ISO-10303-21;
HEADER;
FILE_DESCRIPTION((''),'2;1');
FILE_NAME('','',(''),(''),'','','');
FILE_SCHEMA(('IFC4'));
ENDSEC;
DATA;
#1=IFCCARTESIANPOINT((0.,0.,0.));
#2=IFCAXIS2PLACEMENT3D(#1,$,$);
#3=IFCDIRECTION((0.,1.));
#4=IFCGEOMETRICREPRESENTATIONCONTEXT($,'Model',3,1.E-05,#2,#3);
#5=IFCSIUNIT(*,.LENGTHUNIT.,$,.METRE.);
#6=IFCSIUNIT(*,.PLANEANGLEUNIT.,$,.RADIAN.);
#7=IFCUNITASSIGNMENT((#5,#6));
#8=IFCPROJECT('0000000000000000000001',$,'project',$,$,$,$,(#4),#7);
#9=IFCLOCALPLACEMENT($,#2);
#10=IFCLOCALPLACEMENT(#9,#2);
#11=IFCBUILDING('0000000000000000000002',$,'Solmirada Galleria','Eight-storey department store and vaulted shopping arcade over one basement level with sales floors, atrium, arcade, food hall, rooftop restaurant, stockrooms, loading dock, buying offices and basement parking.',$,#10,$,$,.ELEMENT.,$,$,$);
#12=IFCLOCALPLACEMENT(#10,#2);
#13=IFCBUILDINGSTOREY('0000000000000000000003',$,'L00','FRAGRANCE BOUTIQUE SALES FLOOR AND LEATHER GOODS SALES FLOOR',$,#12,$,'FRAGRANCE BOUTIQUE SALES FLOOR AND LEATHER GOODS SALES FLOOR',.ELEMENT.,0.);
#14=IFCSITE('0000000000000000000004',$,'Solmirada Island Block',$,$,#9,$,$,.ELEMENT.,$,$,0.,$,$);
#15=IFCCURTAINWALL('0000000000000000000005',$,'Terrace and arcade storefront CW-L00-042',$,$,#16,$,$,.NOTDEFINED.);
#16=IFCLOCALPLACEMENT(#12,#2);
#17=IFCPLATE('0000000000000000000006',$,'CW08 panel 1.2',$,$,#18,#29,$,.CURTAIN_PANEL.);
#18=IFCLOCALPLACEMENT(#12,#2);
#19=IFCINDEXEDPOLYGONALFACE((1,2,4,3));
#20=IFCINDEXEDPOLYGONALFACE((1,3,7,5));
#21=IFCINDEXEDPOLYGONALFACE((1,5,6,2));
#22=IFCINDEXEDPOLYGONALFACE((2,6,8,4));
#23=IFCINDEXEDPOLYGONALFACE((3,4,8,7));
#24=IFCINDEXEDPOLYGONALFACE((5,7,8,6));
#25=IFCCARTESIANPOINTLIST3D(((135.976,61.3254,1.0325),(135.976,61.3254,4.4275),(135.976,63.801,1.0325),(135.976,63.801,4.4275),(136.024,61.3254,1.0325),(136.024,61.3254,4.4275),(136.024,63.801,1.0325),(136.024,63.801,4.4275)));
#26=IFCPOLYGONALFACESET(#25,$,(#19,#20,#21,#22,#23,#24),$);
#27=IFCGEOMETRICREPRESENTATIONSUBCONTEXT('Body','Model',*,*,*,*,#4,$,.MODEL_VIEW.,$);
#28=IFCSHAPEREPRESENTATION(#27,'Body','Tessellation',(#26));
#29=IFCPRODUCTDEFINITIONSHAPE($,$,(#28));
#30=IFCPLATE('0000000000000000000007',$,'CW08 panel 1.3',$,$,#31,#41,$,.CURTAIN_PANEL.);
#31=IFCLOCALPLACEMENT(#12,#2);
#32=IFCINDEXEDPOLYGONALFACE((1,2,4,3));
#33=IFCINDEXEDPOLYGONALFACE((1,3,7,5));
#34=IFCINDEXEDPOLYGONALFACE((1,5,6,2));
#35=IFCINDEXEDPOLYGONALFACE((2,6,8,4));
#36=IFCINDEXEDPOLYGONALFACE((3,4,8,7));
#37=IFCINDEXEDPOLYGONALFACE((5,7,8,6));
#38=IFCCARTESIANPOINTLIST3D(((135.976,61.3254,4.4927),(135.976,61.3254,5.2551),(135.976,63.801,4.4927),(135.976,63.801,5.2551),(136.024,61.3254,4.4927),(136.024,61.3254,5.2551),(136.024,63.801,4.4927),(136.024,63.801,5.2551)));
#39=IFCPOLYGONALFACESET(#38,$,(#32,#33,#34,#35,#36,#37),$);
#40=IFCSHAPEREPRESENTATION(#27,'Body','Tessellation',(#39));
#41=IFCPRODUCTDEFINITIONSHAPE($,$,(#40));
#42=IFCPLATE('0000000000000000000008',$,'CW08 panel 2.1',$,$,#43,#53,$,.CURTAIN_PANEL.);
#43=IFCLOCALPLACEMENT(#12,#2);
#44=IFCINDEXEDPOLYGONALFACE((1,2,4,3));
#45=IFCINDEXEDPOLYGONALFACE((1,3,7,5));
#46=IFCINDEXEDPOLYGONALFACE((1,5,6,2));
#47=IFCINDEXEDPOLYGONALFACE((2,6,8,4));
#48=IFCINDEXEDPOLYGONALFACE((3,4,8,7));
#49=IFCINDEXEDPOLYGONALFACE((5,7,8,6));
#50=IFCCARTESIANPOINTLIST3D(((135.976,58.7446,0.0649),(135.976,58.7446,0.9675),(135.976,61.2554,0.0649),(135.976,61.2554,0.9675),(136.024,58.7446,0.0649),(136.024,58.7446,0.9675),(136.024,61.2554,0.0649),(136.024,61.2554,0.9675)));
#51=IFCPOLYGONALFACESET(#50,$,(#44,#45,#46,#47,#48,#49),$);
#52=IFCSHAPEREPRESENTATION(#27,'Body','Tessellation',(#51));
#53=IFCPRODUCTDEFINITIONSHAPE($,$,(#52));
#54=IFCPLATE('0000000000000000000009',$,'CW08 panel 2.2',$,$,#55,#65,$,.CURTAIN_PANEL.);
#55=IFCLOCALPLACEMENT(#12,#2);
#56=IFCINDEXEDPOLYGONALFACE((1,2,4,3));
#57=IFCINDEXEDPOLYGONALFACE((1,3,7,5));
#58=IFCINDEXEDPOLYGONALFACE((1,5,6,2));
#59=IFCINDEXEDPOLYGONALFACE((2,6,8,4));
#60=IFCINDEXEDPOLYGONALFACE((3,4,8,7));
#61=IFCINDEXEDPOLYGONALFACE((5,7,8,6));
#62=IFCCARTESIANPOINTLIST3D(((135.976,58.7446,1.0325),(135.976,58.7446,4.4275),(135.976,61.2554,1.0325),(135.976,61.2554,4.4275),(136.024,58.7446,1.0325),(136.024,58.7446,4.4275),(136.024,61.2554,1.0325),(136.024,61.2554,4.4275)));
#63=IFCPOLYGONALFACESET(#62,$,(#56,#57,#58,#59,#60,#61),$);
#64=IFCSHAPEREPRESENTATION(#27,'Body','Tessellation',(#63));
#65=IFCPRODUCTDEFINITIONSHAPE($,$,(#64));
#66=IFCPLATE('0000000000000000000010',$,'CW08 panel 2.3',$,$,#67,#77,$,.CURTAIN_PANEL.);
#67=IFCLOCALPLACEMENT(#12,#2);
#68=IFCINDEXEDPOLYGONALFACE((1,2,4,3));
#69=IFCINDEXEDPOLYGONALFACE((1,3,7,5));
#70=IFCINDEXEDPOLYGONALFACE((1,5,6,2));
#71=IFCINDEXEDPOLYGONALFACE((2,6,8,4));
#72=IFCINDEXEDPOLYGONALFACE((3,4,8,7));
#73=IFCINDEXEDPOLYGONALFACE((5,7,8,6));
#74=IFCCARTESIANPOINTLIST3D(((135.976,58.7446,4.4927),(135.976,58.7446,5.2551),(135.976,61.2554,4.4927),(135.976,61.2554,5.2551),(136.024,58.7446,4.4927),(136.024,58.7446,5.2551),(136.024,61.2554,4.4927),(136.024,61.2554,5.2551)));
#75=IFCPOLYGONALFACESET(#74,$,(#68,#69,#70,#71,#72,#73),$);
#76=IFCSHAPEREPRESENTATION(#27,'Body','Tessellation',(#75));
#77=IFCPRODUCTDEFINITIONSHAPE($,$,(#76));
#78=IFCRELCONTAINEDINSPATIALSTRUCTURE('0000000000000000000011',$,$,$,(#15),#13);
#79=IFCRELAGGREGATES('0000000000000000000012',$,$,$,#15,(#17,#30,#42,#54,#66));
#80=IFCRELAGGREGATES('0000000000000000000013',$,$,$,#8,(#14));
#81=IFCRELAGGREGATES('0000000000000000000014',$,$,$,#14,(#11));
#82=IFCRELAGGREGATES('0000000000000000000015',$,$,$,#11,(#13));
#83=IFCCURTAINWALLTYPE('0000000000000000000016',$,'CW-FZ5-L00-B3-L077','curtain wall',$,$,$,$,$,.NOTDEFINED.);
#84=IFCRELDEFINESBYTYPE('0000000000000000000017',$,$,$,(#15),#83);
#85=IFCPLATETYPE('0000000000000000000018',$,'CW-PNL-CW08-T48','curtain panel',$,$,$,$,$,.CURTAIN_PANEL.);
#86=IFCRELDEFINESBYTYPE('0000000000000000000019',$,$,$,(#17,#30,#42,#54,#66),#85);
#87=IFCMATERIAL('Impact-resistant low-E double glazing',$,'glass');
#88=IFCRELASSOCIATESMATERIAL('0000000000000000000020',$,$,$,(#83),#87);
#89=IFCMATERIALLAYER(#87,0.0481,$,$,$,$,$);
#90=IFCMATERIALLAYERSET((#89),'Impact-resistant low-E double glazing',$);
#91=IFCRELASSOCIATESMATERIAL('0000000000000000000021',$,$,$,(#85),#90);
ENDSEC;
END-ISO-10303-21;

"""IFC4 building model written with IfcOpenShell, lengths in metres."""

from ifc_helpers import new_model, si_unit, direction, frame, origin, origin_2d, place, context, subcontext, project, spatial, rectangle, extrude, material, layer, layer_set, type_object, element, aggregate, save


model = new_model("IFC4")

# Units and contexts
model_context = context("Model", 3, precision=1e-05, world=origin(), true_north=direction((0.0, 1.0)))
body_context = subcontext(model_context, "Body", "Model", "MODEL_VIEW")
ifc_project = project(units=[si_unit("LENGTHUNIT", "METRE"), si_unit("PLANEANGLEUNIT", "RADIAN")], contexts=[model_context])

# Site, building, storey
site_placement = place(None, origin())
site = spatial("IfcSite", under=ifc_project, at=site_placement, Name="Solmirada Island Block", CompositionType="ELEMENT", RefElevation=0.0)
building_placement = place(site_placement, origin())
building = spatial("IfcBuilding", under=site, at=building_placement, Name="Solmirada Galleria", Description="Eight-storey department store and vaulted shopping arcade over one basement level with sales floors, atrium, arcade, food hall, rooftop restaurant, stockrooms, loading dock, buying offices and basement parking.", CompositionType="ELEMENT")
storey_placement = place(building_placement, origin())
storey = spatial("IfcBuildingStorey", under=building, at=storey_placement, Name="L00", Description="FRAGRANCE BOUTIQUE SALES FLOOR AND LEATHER GOODS SALES FLOOR", LongName="FRAGRANCE BOUTIQUE SALES FLOOR AND LEATHER GOODS SALES FLOOR", CompositionType="ELEMENT", Elevation=0.0)

# Curtain wall
ifc_material_1 = material(Name="Impact-resistant low-E double glazing", Category="glass")
curtain_wall_type = type_object("IfcCurtainWallType", Name="CW-FZ5-L00-B3-L077", Description="curtain wall", PredefinedType="NOTDEFINED", material=ifc_material_1)
curtain_wall_1_placement = place(storey_placement, origin())
curtain_wall_1 = element("IfcCurtainWall", 1, at=curtain_wall_1_placement, inside=storey, type_object=curtain_wall_type, Name="Terrace and arcade storefront CW-L00-042", PredefinedType="NOTDEFINED")

# Shared definitions
ifc_layer = layer(ifc_material_1, 0.0481)
ifc_layer_set = layer_set([ifc_layer], Name="Impact-resistant low-E double glazing")
plate_type = type_object("IfcPlateType", Name="CW-PNL-CW08-T48", Description="curtain panel", PredefinedType="CURTAIN_PANEL", material=ifc_layer_set)

# Plates
plate_1_placement = place(storey_placement, frame((136.0, 62.5632, 1.0325), z_axis=(0.0, 0.0, 1.0), x_axis=(0.0, -1.0, 0.0)))
plate_1 = element("IfcPlate", 2, at=plate_1_placement, type_object=plate_type, Name="CW08 panel 1.2", PredefinedType="CURTAIN_PANEL", context=body_context, shape_type="SweptSolid", body=[
    extrude(rectangle(XDim=2.4756, YDim=0.0481, at=origin_2d()), origin(), (0.0, 0.0, 1.0), 3.395),
])
plate_2_placement = place(storey_placement, frame((136.0, 62.5632, 4.4927), z_axis=(0.0, 0.0, 1.0), x_axis=(0.0, -1.0, 0.0)))
plate_2 = element("IfcPlate", 3, at=plate_2_placement, type_object=plate_type, Name="CW08 panel 1.3", PredefinedType="CURTAIN_PANEL", context=body_context, shape_type="SweptSolid", body=[
    extrude(rectangle(XDim=2.4756, YDim=0.0481, at=origin_2d()), origin(), (0.0, 0.0, 1.0), 0.7625),
])
plate_3_placement = place(storey_placement, frame((136.0, 60.0, 0.0649), z_axis=(0.0, 0.0, 1.0), x_axis=(0.0, -1.0, 0.0)))
plate_3 = element("IfcPlate", 4, at=plate_3_placement, type_object=plate_type, Name="CW08 panel 2.1", PredefinedType="CURTAIN_PANEL", context=body_context, shape_type="SweptSolid", body=[
    extrude(rectangle(XDim=2.5107, YDim=0.0481, at=origin_2d()), origin(), (0.0, 0.0, 1.0), 0.9026),
])
plate_4_placement = place(storey_placement, frame((136.0, 60.0, 1.0325), z_axis=(0.0, 0.0, 1.0), x_axis=(0.0, -1.0, 0.0)))
plate_4 = element("IfcPlate", 5, at=plate_4_placement, type_object=plate_type, Name="CW08 panel 2.2", PredefinedType="CURTAIN_PANEL", context=body_context, shape_type="SweptSolid", body=[
    extrude(rectangle(XDim=2.5107, YDim=0.0481, at=origin_2d()), origin(), (0.0, 0.0, 1.0), 3.395),
])
plate_5_placement = place(storey_placement, frame((136.0, 60.0, 4.4927), z_axis=(0.0, 0.0, 1.0), x_axis=(0.0, -1.0, 0.0)))
plate_5 = element("IfcPlate", 6, at=plate_5_placement, type_object=plate_type, Name="CW08 panel 2.3", PredefinedType="CURTAIN_PANEL", context=body_context, shape_type="SweptSolid", body=[
    extrude(rectangle(XDim=2.5107, YDim=0.0481, at=origin_2d()), origin(), (0.0, 0.0, 1.0), 0.7625),
])
aggregate(curtain_wall_1, [plate_1, plate_2, plate_3, plate_4, plate_5])

save(model, "model.ifc")
